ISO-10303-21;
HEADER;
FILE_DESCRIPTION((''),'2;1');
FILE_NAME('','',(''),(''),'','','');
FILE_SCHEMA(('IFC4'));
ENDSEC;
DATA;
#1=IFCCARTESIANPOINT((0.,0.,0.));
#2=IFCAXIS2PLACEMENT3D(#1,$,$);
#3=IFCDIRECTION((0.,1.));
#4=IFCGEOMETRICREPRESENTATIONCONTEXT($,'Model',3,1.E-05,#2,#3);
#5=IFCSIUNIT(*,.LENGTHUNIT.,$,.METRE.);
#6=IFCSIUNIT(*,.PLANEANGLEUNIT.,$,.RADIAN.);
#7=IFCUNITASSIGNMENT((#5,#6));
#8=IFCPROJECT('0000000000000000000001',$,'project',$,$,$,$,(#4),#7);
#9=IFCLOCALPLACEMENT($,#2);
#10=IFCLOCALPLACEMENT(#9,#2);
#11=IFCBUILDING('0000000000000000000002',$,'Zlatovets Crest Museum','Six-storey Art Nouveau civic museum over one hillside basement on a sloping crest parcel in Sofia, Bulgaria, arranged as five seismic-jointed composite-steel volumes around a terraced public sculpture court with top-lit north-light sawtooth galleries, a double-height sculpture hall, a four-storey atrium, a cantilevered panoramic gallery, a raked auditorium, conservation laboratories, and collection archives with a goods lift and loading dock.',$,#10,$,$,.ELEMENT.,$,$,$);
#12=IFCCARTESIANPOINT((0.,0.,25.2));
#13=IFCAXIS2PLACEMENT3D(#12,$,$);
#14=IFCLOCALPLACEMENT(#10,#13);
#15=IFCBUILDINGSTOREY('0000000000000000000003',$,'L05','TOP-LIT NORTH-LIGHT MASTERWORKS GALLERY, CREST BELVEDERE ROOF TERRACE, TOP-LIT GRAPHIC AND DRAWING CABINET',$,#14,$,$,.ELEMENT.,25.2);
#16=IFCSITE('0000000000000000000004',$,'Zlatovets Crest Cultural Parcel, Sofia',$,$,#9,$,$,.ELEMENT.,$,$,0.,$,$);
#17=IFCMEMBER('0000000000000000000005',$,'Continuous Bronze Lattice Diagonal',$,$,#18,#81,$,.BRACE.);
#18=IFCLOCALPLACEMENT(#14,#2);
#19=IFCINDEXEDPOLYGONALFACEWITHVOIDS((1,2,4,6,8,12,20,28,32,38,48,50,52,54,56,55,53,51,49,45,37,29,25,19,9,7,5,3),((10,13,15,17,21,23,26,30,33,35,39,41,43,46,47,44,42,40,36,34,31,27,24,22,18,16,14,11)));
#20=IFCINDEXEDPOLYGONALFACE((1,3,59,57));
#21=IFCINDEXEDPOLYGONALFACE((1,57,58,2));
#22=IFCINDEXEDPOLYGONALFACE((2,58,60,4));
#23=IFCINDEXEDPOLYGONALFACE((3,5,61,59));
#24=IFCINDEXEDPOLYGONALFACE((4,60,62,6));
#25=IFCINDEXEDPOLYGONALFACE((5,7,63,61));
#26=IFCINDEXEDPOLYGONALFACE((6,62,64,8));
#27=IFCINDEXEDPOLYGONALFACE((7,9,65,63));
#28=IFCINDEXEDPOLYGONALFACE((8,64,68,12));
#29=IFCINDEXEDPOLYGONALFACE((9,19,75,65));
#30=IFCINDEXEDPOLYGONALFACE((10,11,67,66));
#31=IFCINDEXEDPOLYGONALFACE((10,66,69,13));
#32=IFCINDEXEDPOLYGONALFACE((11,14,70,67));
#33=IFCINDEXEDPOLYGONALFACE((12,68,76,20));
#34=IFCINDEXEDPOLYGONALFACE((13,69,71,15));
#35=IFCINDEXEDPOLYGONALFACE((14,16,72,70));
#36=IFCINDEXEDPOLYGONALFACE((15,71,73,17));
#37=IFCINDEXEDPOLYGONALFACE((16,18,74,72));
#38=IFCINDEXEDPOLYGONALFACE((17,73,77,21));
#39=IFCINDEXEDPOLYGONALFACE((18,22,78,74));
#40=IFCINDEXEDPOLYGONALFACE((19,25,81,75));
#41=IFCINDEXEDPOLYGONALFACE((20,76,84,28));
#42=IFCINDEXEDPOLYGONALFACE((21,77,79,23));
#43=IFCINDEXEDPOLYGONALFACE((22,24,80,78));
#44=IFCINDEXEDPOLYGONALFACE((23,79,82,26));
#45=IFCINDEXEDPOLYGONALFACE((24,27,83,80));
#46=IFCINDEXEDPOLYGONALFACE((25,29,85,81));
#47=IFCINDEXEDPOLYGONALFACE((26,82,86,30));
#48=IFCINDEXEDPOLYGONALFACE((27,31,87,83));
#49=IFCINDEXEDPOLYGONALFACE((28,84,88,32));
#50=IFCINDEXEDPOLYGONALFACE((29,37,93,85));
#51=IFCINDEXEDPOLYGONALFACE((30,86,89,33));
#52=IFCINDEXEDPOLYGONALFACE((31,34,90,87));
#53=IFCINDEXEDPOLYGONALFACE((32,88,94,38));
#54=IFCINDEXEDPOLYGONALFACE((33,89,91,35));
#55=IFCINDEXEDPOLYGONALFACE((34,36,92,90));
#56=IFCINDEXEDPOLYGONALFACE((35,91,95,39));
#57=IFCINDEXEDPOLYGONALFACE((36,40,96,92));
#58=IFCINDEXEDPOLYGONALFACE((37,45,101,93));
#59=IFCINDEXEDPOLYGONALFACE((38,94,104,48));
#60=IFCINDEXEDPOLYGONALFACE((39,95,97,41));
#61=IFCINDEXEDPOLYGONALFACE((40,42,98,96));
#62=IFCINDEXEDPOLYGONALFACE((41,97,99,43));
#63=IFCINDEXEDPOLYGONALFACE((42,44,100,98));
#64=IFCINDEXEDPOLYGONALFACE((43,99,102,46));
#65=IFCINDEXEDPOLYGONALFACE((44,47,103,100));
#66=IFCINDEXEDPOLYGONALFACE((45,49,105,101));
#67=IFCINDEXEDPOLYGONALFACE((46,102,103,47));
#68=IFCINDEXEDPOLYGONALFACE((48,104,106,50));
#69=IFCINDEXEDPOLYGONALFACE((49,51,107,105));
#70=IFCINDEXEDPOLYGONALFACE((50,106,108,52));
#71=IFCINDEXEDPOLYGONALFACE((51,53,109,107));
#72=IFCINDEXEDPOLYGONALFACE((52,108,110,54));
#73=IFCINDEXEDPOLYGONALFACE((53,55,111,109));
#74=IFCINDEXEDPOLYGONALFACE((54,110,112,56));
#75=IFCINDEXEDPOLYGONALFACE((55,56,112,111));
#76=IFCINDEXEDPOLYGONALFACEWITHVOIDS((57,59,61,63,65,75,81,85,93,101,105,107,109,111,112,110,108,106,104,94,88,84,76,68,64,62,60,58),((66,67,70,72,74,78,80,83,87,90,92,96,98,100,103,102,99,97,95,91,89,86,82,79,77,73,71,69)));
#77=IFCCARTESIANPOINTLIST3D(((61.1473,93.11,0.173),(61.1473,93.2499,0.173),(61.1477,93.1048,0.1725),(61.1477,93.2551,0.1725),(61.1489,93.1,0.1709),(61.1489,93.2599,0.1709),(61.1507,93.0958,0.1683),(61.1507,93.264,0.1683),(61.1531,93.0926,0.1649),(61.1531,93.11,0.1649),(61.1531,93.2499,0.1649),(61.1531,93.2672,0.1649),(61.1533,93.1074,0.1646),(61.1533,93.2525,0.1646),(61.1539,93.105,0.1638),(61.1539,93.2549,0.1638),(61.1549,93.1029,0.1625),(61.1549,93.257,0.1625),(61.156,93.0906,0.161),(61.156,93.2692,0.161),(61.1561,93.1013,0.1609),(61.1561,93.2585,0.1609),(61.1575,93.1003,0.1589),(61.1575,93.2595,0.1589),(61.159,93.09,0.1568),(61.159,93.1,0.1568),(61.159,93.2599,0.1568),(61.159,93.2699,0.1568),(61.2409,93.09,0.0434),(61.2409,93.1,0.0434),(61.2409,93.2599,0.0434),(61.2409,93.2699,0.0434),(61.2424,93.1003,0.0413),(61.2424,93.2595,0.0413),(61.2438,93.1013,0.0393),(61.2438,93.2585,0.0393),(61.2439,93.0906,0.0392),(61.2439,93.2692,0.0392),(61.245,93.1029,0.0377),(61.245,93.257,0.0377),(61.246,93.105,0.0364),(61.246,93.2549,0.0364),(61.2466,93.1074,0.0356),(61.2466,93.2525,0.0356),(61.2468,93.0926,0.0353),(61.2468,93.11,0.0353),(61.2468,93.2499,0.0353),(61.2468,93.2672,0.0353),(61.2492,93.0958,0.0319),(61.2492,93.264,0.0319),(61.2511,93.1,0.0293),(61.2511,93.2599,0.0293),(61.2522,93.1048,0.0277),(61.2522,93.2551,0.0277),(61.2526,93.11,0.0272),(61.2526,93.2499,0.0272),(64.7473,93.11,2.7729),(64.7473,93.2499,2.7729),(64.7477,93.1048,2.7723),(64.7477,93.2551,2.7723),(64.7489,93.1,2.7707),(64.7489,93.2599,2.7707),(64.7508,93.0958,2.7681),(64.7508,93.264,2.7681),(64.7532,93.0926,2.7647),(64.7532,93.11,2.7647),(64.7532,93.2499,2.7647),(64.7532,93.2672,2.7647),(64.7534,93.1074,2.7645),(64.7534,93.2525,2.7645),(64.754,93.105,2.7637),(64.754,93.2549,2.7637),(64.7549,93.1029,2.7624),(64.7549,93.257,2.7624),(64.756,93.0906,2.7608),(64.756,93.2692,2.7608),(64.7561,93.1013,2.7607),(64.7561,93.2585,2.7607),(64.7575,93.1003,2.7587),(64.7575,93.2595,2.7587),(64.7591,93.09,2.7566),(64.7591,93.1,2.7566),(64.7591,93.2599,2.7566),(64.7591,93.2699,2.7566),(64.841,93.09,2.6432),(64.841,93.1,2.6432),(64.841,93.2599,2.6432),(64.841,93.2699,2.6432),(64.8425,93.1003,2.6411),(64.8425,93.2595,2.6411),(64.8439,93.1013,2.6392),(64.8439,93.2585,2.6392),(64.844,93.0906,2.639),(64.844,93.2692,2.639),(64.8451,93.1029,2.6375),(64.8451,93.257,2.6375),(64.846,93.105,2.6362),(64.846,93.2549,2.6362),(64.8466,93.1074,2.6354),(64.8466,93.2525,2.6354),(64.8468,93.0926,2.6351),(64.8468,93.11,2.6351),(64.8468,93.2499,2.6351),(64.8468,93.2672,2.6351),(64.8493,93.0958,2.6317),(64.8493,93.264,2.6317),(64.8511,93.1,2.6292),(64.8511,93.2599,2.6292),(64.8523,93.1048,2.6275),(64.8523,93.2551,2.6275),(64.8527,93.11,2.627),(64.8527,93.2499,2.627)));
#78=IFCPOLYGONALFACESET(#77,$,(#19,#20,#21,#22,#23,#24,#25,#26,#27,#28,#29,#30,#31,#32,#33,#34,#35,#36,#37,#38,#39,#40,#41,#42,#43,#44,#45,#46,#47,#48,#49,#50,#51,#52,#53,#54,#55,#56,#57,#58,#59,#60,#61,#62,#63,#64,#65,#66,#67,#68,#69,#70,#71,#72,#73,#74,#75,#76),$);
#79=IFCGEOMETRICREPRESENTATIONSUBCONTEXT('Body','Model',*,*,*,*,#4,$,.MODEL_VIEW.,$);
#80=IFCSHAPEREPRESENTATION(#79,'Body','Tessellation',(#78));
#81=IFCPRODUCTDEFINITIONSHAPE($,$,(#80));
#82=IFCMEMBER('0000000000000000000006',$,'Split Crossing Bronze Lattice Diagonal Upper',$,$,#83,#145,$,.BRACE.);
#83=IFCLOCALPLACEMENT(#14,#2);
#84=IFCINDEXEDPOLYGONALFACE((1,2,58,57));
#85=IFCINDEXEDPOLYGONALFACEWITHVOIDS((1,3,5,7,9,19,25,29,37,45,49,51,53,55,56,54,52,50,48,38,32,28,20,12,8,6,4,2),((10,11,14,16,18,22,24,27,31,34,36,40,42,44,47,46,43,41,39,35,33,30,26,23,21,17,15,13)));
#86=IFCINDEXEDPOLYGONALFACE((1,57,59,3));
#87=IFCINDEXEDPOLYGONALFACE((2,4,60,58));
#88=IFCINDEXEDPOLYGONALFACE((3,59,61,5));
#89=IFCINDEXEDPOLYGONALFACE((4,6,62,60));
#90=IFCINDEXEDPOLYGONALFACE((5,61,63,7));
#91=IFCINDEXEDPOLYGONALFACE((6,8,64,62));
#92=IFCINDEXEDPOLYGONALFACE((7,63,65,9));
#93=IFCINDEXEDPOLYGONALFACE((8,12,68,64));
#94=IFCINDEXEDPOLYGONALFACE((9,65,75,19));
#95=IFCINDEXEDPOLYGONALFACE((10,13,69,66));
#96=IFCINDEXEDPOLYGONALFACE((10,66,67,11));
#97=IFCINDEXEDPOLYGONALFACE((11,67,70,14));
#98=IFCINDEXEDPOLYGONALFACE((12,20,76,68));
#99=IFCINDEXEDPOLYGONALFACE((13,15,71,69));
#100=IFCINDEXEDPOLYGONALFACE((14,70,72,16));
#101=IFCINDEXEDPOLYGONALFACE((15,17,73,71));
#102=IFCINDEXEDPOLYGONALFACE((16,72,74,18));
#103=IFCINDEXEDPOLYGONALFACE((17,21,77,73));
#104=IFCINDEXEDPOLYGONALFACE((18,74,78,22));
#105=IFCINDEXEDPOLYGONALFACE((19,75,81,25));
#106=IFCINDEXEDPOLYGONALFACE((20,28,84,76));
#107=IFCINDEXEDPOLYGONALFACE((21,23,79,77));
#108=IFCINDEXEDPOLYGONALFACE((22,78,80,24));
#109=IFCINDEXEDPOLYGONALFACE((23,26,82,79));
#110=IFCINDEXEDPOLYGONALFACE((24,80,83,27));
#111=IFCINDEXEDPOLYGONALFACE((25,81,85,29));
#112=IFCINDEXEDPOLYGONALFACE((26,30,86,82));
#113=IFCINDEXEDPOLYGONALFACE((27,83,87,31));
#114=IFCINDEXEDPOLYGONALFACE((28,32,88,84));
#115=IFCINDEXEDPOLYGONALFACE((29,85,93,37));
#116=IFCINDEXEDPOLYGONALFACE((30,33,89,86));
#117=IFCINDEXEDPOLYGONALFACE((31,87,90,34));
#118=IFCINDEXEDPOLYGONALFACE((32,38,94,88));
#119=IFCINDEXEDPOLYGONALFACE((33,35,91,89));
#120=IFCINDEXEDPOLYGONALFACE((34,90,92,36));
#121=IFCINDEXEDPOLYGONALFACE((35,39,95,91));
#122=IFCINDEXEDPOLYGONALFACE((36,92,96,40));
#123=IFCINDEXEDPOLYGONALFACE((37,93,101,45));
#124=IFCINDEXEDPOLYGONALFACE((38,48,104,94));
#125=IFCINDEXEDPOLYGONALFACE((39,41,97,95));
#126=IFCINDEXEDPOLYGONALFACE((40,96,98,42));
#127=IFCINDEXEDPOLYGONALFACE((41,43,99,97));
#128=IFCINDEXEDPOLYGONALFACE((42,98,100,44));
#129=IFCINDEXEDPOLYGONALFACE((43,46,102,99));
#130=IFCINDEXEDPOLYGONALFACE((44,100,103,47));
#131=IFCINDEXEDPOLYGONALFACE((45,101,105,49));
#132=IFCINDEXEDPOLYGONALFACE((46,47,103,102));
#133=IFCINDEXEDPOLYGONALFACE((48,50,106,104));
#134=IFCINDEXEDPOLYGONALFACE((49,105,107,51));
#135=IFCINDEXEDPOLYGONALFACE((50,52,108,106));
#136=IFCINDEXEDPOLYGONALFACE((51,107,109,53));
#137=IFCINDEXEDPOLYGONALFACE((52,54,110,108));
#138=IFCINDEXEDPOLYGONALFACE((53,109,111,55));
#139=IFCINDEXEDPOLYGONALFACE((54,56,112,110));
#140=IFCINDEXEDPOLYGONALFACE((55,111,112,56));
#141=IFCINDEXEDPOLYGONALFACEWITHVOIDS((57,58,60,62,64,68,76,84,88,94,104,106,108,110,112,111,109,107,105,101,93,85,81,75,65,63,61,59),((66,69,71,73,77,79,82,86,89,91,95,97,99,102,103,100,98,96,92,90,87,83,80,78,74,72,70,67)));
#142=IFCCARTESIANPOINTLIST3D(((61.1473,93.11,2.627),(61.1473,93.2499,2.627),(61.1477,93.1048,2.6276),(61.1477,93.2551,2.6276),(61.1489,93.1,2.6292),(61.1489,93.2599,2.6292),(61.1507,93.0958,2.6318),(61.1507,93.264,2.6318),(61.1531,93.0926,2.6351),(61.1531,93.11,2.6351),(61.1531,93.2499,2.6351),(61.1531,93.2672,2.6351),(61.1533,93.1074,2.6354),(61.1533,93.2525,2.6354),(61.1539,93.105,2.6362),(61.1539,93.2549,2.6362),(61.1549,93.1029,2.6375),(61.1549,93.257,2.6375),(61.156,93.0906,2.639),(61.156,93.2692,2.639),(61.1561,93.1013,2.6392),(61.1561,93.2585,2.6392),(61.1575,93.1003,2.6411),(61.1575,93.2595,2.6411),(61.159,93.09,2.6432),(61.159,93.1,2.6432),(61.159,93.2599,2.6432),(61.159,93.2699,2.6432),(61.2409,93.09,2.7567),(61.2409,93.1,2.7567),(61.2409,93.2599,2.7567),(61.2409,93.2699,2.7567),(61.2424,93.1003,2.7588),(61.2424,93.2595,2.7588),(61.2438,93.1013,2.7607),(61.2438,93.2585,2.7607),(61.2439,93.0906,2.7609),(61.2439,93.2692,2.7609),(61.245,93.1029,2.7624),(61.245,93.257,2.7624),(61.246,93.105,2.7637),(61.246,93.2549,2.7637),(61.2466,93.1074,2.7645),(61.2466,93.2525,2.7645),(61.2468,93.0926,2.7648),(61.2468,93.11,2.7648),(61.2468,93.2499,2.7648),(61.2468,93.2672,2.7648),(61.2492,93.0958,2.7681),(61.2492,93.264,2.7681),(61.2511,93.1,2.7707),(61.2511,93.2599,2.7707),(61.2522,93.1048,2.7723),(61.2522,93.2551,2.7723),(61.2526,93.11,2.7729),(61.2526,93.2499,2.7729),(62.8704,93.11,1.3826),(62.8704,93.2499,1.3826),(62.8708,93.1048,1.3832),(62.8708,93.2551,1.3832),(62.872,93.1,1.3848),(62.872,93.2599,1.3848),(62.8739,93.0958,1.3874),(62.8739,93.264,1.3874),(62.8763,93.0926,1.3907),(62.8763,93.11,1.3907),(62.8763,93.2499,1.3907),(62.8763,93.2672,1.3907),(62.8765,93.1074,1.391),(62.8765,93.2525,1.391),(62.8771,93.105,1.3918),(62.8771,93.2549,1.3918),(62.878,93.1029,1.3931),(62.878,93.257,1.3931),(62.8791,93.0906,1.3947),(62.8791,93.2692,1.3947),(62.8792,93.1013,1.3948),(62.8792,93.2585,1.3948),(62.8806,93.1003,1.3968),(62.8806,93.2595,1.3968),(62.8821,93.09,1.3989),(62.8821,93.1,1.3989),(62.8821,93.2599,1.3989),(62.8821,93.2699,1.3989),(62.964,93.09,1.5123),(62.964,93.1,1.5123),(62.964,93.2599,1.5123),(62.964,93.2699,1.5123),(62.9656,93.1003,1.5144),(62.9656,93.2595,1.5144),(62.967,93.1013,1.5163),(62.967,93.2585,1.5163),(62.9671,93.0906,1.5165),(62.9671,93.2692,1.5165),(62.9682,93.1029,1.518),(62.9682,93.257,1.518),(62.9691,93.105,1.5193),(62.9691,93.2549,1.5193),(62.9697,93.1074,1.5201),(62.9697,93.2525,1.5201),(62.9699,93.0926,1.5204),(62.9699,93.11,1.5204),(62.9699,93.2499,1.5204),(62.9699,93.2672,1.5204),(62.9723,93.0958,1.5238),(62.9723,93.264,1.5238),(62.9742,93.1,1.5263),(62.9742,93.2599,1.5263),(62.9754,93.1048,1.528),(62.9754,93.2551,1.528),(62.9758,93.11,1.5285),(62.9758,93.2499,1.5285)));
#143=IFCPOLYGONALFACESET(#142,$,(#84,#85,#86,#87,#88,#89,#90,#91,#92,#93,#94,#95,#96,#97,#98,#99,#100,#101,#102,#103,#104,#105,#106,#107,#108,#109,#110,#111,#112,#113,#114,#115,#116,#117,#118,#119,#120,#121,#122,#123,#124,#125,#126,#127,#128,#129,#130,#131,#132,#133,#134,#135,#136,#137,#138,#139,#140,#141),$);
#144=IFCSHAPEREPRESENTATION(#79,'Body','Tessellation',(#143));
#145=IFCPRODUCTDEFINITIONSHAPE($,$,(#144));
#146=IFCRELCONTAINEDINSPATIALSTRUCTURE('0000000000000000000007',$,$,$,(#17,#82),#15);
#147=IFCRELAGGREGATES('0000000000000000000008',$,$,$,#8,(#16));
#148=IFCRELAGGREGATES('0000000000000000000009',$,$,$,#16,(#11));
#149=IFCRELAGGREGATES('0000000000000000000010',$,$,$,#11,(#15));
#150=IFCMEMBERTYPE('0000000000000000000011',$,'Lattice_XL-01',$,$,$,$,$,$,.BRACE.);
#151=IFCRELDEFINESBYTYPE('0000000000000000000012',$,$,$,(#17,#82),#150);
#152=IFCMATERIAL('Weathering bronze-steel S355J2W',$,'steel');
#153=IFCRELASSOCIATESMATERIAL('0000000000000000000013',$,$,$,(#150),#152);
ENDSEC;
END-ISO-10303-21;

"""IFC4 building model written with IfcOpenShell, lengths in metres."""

from ifc_helpers import new_model, si_unit, direction, frame, origin, origin_2d, place, context, subcontext, project, spatial, hollow_rectangle, extrude, material, material_profile, profile_set, type_object, element, save


model = new_model("IFC4")

# Units and contexts
model_context = context("Model", 3, precision=1e-05, world=origin(), true_north=direction((0.0, 1.0)))
body_context = subcontext(model_context, "Body", "Model", "MODEL_VIEW")
ifc_project = project(units=[si_unit("LENGTHUNIT", "METRE"), si_unit("PLANEANGLEUNIT", "RADIAN")], contexts=[model_context])

# Site, building, storey
site_placement = place(None, origin())
site = spatial("IfcSite", under=ifc_project, at=site_placement, Name="Zlatovets Crest Cultural Parcel, Sofia", CompositionType="ELEMENT", RefElevation=0.0)
building_placement = place(site_placement, origin())
building = spatial("IfcBuilding", under=site, at=building_placement, Name="Zlatovets Crest Museum", Description="Six-storey Art Nouveau civic museum over one hillside basement on a sloping crest parcel in Sofia, Bulgaria, arranged as five seismic-jointed composite-steel volumes around a terraced public sculpture court with top-lit north-light sawtooth galleries, a double-height sculpture hall, a four-storey atrium, a cantilevered panoramic gallery, a raked auditorium, conservation laboratories, and collection archives with a goods lift and loading dock.", CompositionType="ELEMENT")
storey_placement = place(building_placement, frame((0.0, 0.0, 25.2)))
storey = spatial("IfcBuildingStorey", under=building, at=storey_placement, Name="L05", Description="TOP-LIT NORTH-LIGHT MASTERWORKS GALLERY, CREST BELVEDERE ROOF TERRACE, TOP-LIT GRAPHIC AND DRAWING CABINET", CompositionType="ELEMENT", Elevation=25.2)

# Members
ifc_material_1 = material(Name="Weathering bronze-steel S355J2W", Category="steel")
ifc_material_profile_1 = material_profile(ifc_material_1, hollow_rectangle(XDim=0.1799, YDim=0.1799, WallThickness=0.01, InnerFilletRadius=0.01, OuterFilletRadius=0.02, at=origin_2d()), Name="SHS 180x180x10.0")
ifc_profile_set_1 = profile_set([ifc_material_profile_1], Name="Weathering bronze-steel S355J2W")
member_type_1 = type_object("IfcMemberType", Name="Lattice_XL-01", PredefinedType="BRACE", material=ifc_profile_set_1)
member_1_placement = place(storey_placement, frame((61.2, 93.1799, 0.1001), z_axis=(0.810702, 0.0, 0.585458), x_axis=(0.0, 1.0, 0.0)))
element("IfcMember", 1, at=member_1_placement, inside=storey, type_object=member_type_1, Name="Continuous Bronze Lattice Diagonal", PredefinedType="BRACE", context=body_context, shape_type="SweptSolid", body=[
    extrude(hollow_rectangle(XDim=0.1799, YDim=0.1799, WallThickness=0.01, InnerFilletRadius=0.01, OuterFilletRadius=0.02, at=origin_2d()), origin(), (0.0, 0.0, 1.0), 4.4407),
])
member_2_placement = place(storey_placement, frame((61.2, 93.1799, 2.7), z_axis=(0.810703, 0.0, -0.585457), x_axis=(0.0, 1.0, 0.0)))
element("IfcMember", 2, at=member_2_placement, inside=storey, type_object=member_type_1, Name="Split Crossing Bronze Lattice Diagonal Upper", PredefinedType="BRACE", context=body_context, shape_type="SweptSolid", body=[
    extrude(hollow_rectangle(XDim=0.1799, YDim=0.1799, WallThickness=0.01, InnerFilletRadius=0.01, OuterFilletRadius=0.02, at=origin_2d()), origin(), (0.0, 0.0, 1.0), 2.1255),
])

save(model, "model.ifc")
